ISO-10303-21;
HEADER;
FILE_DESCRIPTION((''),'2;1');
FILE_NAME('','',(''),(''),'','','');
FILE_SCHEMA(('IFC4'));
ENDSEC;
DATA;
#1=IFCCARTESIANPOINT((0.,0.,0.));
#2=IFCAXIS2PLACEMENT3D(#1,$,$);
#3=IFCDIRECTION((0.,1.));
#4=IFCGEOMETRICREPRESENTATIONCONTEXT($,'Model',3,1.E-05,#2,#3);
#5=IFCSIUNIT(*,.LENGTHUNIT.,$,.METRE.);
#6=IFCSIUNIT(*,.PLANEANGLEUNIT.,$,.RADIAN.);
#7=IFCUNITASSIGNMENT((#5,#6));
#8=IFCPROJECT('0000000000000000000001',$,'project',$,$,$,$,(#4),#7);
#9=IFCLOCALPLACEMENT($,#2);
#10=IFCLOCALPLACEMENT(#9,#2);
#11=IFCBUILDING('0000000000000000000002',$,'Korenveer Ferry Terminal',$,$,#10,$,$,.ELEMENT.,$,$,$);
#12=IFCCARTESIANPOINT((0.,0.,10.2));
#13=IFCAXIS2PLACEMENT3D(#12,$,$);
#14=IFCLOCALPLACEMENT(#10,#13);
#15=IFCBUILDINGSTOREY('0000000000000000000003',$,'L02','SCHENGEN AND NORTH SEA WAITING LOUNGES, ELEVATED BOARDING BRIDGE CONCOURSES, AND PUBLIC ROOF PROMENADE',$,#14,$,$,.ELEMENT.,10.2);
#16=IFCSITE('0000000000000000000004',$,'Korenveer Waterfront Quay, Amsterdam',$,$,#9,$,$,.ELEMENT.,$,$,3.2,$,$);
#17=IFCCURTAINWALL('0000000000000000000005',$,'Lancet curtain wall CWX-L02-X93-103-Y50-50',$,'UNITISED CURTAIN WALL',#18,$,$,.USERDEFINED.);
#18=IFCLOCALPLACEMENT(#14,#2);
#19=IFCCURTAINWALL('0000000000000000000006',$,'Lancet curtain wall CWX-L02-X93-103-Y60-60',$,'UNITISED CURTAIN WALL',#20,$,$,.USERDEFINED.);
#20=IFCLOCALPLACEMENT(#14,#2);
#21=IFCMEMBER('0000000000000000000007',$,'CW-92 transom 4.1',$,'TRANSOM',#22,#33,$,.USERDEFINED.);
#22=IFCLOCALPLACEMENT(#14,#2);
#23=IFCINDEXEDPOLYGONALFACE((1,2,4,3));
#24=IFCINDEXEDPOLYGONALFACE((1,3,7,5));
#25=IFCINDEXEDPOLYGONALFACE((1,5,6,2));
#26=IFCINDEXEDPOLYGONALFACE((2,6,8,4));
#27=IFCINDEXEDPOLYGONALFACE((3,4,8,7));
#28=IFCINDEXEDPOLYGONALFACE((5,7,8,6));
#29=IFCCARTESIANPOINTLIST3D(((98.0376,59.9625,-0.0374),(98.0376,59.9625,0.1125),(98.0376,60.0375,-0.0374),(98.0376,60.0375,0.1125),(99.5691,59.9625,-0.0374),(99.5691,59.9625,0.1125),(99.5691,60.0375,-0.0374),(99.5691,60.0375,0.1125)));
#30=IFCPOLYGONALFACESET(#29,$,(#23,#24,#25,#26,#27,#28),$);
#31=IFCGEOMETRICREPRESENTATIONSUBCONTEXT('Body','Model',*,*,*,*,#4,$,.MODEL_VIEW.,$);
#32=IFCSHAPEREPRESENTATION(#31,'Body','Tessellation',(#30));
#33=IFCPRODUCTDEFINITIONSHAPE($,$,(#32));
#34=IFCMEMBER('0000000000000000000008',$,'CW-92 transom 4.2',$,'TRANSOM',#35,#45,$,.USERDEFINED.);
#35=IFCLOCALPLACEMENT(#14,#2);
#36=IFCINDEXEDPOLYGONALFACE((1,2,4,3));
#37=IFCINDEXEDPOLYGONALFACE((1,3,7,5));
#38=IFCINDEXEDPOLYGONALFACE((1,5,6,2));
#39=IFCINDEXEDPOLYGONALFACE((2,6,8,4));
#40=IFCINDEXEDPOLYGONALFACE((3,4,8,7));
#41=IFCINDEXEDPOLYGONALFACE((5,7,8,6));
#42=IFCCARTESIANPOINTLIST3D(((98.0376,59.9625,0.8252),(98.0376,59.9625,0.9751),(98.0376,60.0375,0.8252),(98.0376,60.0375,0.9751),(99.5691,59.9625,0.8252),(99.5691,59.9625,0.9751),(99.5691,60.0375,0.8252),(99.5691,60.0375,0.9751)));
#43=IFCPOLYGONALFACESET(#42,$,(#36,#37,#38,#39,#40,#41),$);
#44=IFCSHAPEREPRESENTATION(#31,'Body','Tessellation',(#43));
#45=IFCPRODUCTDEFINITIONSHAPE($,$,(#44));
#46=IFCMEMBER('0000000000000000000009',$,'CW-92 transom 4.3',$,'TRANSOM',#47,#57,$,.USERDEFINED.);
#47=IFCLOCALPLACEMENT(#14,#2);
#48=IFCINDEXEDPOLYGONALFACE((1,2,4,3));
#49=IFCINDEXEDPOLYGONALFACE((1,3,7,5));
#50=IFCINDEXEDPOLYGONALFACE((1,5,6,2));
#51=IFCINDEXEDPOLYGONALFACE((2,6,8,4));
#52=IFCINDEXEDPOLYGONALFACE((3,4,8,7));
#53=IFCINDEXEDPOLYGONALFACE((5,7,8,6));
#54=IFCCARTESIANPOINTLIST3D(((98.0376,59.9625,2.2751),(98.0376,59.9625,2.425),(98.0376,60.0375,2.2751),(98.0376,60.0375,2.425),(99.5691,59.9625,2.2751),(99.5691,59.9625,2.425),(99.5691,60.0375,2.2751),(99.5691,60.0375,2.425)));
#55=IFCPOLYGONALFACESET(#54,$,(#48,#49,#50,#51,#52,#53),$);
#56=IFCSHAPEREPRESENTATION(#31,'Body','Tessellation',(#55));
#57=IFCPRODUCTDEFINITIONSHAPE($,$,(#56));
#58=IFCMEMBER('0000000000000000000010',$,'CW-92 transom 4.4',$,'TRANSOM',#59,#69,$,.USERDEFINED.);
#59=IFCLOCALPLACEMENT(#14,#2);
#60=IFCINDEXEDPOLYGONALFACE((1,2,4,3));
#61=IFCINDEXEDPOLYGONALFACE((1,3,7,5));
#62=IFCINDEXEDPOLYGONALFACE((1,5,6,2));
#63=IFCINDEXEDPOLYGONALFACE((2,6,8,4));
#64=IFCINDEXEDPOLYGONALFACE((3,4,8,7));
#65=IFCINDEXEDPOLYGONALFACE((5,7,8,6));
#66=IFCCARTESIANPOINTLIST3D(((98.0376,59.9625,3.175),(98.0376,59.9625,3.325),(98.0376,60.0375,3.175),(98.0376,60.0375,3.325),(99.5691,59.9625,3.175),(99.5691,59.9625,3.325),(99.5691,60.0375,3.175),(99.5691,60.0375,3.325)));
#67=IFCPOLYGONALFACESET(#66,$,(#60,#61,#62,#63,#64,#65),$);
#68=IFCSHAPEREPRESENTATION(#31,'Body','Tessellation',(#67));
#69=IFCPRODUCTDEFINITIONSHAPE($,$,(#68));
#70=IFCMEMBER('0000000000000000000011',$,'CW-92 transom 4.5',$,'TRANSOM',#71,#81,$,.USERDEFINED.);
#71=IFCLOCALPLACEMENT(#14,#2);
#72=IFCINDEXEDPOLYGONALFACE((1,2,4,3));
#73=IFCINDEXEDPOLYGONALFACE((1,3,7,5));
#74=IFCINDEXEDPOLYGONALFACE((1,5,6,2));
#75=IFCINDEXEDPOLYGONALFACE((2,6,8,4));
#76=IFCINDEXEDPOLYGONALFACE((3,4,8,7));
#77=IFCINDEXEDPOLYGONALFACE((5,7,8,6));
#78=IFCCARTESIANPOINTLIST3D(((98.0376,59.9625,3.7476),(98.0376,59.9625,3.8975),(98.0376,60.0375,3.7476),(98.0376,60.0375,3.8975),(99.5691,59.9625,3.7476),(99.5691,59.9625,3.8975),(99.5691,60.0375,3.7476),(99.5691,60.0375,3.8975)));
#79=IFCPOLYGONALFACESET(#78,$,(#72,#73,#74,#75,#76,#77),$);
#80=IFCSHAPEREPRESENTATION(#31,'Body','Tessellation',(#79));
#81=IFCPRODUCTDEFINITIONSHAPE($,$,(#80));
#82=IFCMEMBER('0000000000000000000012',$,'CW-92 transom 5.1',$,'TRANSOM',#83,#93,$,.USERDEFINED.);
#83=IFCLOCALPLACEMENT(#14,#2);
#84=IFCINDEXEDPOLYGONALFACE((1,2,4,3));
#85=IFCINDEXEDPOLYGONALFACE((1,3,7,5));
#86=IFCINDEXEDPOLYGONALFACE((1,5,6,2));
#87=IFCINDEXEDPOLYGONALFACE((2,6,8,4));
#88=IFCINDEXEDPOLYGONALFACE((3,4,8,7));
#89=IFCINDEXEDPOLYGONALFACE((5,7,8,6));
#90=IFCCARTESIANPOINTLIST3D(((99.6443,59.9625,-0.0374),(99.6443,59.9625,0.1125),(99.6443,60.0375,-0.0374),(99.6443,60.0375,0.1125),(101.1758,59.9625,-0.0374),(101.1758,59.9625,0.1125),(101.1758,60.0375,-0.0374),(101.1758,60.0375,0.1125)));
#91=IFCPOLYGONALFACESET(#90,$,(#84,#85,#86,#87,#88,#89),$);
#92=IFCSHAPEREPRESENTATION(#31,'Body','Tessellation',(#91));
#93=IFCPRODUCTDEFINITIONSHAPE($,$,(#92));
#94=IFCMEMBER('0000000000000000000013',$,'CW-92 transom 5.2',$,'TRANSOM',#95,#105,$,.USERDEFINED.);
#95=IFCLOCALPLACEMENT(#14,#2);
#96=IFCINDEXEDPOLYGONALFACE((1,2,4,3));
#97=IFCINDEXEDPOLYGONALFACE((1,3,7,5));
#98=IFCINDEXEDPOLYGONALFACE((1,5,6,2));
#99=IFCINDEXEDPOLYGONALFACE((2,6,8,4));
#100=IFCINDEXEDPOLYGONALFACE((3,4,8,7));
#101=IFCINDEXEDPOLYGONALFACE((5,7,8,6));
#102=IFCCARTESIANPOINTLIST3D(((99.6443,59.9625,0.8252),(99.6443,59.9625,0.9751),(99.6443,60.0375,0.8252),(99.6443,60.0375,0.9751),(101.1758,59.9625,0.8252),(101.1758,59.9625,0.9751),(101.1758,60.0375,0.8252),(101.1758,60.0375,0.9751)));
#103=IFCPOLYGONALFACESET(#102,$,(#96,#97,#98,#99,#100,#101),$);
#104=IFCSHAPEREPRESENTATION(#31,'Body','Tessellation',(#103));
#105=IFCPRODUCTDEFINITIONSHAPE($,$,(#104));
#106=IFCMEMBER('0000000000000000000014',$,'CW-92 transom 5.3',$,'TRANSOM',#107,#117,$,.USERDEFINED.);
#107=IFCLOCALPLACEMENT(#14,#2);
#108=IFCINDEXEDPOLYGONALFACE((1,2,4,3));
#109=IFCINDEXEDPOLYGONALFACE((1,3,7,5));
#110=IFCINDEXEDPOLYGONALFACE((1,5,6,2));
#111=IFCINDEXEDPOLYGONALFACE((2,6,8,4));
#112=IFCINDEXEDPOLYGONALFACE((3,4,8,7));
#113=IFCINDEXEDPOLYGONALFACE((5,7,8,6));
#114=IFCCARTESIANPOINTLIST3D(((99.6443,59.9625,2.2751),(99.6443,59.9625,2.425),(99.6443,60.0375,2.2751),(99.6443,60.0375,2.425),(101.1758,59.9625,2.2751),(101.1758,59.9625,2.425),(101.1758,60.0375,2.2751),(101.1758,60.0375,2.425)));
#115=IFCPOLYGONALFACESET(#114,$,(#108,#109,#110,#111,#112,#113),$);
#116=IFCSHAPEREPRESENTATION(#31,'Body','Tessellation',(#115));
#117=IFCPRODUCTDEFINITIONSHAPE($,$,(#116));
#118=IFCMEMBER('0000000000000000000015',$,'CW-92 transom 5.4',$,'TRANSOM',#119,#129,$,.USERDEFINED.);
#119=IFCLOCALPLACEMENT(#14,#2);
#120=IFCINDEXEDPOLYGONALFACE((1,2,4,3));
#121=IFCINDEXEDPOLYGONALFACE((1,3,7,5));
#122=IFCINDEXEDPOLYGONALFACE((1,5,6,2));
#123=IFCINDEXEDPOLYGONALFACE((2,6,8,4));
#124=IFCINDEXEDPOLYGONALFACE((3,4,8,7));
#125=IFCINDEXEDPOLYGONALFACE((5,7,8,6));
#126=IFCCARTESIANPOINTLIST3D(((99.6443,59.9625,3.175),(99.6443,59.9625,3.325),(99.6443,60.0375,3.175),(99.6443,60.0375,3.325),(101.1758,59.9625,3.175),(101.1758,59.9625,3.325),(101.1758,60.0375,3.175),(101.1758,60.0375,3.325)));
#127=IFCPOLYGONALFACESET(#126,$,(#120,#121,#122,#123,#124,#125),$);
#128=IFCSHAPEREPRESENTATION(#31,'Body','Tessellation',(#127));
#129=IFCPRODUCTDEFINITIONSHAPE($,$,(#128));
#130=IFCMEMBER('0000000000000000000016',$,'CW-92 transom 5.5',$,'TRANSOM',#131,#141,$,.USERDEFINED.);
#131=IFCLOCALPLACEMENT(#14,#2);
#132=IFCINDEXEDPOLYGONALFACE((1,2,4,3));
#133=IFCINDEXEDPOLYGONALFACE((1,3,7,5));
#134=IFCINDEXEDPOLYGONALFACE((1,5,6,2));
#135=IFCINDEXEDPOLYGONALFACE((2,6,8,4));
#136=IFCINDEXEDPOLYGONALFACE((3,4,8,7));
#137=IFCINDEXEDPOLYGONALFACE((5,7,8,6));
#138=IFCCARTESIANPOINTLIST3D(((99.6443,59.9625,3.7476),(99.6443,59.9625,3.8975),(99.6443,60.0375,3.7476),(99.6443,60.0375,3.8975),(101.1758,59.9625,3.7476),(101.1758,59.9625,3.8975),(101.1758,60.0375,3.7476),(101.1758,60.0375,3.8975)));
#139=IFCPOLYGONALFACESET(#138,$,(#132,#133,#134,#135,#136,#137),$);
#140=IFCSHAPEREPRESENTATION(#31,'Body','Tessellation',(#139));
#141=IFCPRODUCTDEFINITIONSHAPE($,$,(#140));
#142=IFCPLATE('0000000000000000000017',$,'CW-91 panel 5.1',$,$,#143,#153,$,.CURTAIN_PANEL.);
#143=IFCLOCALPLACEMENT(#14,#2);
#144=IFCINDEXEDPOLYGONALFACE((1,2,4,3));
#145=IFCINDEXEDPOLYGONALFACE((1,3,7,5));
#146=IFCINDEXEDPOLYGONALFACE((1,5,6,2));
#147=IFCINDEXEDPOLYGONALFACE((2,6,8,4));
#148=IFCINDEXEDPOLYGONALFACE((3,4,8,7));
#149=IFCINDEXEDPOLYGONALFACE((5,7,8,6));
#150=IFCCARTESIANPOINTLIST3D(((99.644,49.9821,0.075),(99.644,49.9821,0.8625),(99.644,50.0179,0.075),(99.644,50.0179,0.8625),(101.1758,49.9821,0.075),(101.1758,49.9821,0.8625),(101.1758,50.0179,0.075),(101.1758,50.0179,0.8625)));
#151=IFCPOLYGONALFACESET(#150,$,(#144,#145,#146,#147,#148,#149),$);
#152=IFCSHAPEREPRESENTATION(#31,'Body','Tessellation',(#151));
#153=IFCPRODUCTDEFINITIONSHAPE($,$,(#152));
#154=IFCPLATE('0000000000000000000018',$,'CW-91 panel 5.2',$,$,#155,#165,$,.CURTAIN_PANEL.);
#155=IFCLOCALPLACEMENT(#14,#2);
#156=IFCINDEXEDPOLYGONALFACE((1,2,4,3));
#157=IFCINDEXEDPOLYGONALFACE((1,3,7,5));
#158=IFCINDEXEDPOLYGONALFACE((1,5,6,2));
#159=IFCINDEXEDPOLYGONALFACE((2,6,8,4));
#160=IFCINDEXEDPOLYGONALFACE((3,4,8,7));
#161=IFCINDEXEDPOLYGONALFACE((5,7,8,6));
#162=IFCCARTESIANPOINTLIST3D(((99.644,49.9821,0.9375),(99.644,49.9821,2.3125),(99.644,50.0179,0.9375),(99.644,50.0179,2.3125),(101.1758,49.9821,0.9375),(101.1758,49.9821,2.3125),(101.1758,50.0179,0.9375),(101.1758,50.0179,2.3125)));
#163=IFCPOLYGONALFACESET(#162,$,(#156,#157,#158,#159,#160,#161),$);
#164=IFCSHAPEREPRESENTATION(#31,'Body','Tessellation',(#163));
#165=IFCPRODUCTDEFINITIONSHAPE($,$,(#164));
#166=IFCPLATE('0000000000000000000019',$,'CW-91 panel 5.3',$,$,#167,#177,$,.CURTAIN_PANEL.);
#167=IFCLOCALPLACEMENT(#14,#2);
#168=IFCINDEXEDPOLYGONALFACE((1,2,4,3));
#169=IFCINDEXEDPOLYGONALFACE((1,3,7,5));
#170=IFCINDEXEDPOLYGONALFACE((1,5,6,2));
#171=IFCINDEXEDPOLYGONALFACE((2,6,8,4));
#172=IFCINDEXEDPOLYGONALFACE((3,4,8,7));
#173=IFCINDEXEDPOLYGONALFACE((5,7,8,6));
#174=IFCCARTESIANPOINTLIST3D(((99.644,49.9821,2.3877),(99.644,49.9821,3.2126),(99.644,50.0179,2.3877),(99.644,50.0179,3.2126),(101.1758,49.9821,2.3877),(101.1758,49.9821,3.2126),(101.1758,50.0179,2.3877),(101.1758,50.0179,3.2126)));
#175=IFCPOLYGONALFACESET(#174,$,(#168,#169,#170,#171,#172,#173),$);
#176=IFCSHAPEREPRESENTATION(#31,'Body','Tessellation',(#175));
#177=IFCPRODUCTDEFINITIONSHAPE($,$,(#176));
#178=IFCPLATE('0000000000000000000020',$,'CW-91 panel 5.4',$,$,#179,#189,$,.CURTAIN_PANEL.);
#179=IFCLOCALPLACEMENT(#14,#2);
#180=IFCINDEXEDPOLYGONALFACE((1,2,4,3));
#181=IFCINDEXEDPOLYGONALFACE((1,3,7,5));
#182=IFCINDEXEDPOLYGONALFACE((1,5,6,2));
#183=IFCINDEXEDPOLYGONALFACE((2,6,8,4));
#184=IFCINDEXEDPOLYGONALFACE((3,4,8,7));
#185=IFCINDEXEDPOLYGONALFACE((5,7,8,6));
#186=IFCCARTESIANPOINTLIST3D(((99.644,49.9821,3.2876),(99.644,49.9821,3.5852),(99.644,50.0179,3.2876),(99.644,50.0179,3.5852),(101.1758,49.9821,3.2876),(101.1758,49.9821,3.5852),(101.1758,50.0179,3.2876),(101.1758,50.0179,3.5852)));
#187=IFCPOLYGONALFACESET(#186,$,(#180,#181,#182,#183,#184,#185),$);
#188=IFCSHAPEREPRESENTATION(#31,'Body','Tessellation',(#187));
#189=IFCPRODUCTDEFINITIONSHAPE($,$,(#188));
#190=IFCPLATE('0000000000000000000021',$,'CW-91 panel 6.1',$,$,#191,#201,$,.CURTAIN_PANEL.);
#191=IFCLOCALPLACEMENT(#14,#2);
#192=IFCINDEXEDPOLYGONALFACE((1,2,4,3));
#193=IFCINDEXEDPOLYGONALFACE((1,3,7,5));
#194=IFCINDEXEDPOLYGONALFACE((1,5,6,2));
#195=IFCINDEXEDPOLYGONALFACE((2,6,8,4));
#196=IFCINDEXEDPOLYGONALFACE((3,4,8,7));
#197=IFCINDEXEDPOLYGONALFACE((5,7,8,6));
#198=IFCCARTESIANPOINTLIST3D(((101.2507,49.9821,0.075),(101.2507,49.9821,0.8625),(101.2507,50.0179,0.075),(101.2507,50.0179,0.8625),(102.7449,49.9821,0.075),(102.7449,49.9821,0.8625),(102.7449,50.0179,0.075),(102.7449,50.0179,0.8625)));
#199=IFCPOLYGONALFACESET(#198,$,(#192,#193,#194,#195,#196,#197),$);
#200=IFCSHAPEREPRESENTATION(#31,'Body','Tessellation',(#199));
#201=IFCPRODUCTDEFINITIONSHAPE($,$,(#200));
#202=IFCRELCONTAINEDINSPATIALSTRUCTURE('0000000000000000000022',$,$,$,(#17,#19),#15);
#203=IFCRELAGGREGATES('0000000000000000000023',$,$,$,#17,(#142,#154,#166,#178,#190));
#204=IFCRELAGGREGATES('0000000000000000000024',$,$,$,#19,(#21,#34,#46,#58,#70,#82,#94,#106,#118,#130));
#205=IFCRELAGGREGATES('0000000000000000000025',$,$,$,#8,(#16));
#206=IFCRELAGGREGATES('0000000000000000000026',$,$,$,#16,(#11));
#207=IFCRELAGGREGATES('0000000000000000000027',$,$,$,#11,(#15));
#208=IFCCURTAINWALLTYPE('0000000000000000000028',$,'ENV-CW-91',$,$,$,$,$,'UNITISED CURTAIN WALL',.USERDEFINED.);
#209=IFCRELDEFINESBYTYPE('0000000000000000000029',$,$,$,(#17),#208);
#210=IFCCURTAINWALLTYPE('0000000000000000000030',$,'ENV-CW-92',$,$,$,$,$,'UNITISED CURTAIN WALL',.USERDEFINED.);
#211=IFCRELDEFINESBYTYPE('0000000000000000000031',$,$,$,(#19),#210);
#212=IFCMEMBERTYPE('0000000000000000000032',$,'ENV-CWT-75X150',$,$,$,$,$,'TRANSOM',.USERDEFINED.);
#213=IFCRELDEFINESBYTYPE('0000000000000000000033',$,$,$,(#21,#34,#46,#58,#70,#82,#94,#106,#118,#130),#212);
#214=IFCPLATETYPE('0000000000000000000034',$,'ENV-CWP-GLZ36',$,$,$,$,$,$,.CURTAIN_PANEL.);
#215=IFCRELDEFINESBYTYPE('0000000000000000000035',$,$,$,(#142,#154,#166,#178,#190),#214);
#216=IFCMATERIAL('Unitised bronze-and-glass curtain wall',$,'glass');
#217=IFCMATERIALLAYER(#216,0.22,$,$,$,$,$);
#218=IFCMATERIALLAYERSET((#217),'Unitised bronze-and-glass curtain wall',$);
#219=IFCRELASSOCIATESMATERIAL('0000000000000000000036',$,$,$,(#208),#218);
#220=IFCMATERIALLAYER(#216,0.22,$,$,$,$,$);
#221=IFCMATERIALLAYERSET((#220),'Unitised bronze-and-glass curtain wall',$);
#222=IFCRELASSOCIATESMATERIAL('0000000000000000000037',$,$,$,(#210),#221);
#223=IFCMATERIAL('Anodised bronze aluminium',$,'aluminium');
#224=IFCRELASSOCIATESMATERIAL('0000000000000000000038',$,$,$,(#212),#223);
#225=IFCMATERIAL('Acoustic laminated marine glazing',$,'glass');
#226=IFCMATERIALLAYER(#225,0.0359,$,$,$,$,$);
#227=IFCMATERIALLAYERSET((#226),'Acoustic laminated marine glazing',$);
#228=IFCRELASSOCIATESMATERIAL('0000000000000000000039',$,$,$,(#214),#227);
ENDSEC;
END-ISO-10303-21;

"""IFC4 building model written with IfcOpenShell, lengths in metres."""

from ifc_helpers import new_model, si_unit, direction, frame, origin, origin_2d, place, context, subcontext, project, spatial, rectangle, extrude, material, layer, layer_set, material_profile, profile_set, type_object, element, aggregate, save


model = new_model("IFC4")

# Units and contexts
model_context = context("Model", 3, precision=1e-05, world=origin(), true_north=direction((0.0, 1.0)))
body_context = subcontext(model_context, "Body", "Model", "MODEL_VIEW")
ifc_project = project(units=[si_unit("LENGTHUNIT", "METRE"), si_unit("PLANEANGLEUNIT", "RADIAN")], contexts=[model_context])

# Site, building, storey
site_placement = place(None, origin())
site = spatial("IfcSite", under=ifc_project, at=site_placement, Name="Korenveer Waterfront Quay, Amsterdam", CompositionType="ELEMENT", RefElevation=3.2)
building_placement = place(site_placement, origin())
building = spatial("IfcBuilding", under=site, at=building_placement, Name="Korenveer Ferry Terminal", CompositionType="ELEMENT")
storey_placement = place(building_placement, frame((0.0, 0.0, 10.2)))
storey = spatial("IfcBuildingStorey", under=building, at=storey_placement, Name="L02", Description="SCHENGEN AND NORTH SEA WAITING LOUNGES, ELEVATED BOARDING BRIDGE CONCOURSES, AND PUBLIC ROOF PROMENADE", CompositionType="ELEMENT", Elevation=10.2)

# Curtain wall
ifc_material_1 = material(Name="Unitised bronze-and-glass curtain wall", Category="glass")
ifc_layer_1 = layer(ifc_material_1, 0.22)
ifc_layer_set_1 = layer_set([ifc_layer_1], Name="Unitised bronze-and-glass curtain wall")
curtain_wall_type_1 = type_object("IfcCurtainWallType", Name="ENV-CW-91", ElementType="UNITISED CURTAIN WALL", PredefinedType="USERDEFINED", material=ifc_layer_set_1)
curtain_wall_1_placement = place(storey_placement, frame((93.1799, 50.0, 0.0)))
curtain_wall_1 = element("IfcCurtainWall", 1, at=curtain_wall_1_placement, inside=storey, type_object=curtain_wall_type_1, Name="Lancet curtain wall CWX-L02-X93-103-Y50-50", ObjectType="UNITISED CURTAIN WALL", PredefinedType="USERDEFINED")
ifc_material_2 = material(Name="Anodised bronze aluminium", Category="aluminium")

# Shared definitions
ifc_layer_2 = layer(ifc_material_1, 0.22)
ifc_layer_set_2 = layer_set([ifc_layer_2], Name="Unitised bronze-and-glass curtain wall")
curtain_wall_type_2 = type_object("IfcCurtainWallType", Name="ENV-CW-92", ElementType="UNITISED CURTAIN WALL", PredefinedType="USERDEFINED", material=ifc_layer_set_2)

# Curtain wall
curtain_wall_2_placement = place(storey_placement, frame((93.1799, 60.0, 0.0)))
curtain_wall_2 = element("IfcCurtainWall", 2, at=curtain_wall_2_placement, inside=storey, type_object=curtain_wall_type_2, Name="Lancet curtain wall CWX-L02-X93-103-Y60-60", ObjectType="UNITISED CURTAIN WALL", PredefinedType="USERDEFINED")

# Members
ifc_material_profile_1 = material_profile(ifc_material_2, rectangle(XDim=0.075, YDim=0.1499, at=origin_2d()), Name="ALU 75x150")
ifc_profile_set_1 = profile_set([ifc_material_profile_1], Name="Anodised bronze aluminium")
member_type_1 = type_object("IfcMemberType", Name="ENV-CWT-75X150", ElementType="TRANSOM", PredefinedType="USERDEFINED", material=ifc_profile_set_1)
member_1_placement = place(storey_placement, frame((98.0376, 60.0, 0.0376), z_axis=(1.0, 0.0, 0.0), x_axis=(0.0, 1.0, 0.0)))
member_1 = element("IfcMember", 3, at=member_1_placement, type_object=member_type_1, Name="CW-92 transom 4.1", ObjectType="TRANSOM", PredefinedType="USERDEFINED", context=body_context, shape_type="SweptSolid", body=[
    extrude(rectangle(XDim=0.075, YDim=0.1499, at=origin_2d()), origin(), (0.0, 0.0, 1.0), 1.5315),
])
member_2_placement = place(storey_placement, frame((98.0376, 60.0, 0.9001), z_axis=(1.0, 0.0, 0.0), x_axis=(0.0, 1.0, 0.0)))
member_2 = element("IfcMember", 4, at=member_2_placement, type_object=member_type_1, Name="CW-92 transom 4.2", ObjectType="TRANSOM", PredefinedType="USERDEFINED", context=body_context, shape_type="SweptSolid", body=[
    extrude(rectangle(XDim=0.075, YDim=0.1499, at=origin_2d()), origin(), (0.0, 0.0, 1.0), 1.5315),
])
member_3_placement = place(storey_placement, frame((98.0376, 60.0, 2.3501), z_axis=(1.0, 0.0, 0.0), x_axis=(0.0, 1.0, 0.0)))
member_3 = element("IfcMember", 5, at=member_3_placement, type_object=member_type_1, Name="CW-92 transom 4.3", ObjectType="TRANSOM", PredefinedType="USERDEFINED", context=body_context, shape_type="SweptSolid", body=[
    extrude(rectangle(XDim=0.075, YDim=0.1499, at=origin_2d()), origin(), (0.0, 0.0, 1.0), 1.5315),
])
member_4_placement = place(storey_placement, frame((98.0376, 60.0, 3.25), z_axis=(1.0, 0.0, 0.0), x_axis=(0.0, 1.0, 0.0)))
member_4 = element("IfcMember", 6, at=member_4_placement, type_object=member_type_1, Name="CW-92 transom 4.4", ObjectType="TRANSOM", PredefinedType="USERDEFINED", context=body_context, shape_type="SweptSolid", body=[
    extrude(rectangle(XDim=0.075, YDim=0.1499, at=origin_2d()), origin(), (0.0, 0.0, 1.0), 1.5315),
])
member_5_placement = place(storey_placement, frame((98.0376, 60.0, 3.8225), z_axis=(1.0, 0.0, 0.0), x_axis=(0.0, 1.0, 0.0)))
member_5 = element("IfcMember", 7, at=member_5_placement, type_object=member_type_1, Name="CW-92 transom 4.5", ObjectType="TRANSOM", PredefinedType="USERDEFINED", context=body_context, shape_type="SweptSolid", body=[
    extrude(rectangle(XDim=0.075, YDim=0.1499, at=origin_2d()), origin(), (0.0, 0.0, 1.0), 1.5315),
])
member_6_placement = place(storey_placement, frame((99.6443, 60.0, 0.0376), z_axis=(1.0, 0.0, 0.0), x_axis=(0.0, 1.0, 0.0)))
member_6 = element("IfcMember", 8, at=member_6_placement, type_object=member_type_1, Name="CW-92 transom 5.1", ObjectType="TRANSOM", PredefinedType="USERDEFINED", context=body_context, shape_type="SweptSolid", body=[
    extrude(rectangle(XDim=0.075, YDim=0.1499, at=origin_2d()), origin(), (0.0, 0.0, 1.0), 1.5315),
])
member_7_placement = place(storey_placement, frame((99.6443, 60.0, 0.9001), z_axis=(1.0, 0.0, 0.0), x_axis=(0.0, 1.0, 0.0)))
member_7 = element("IfcMember", 9, at=member_7_placement, type_object=member_type_1, Name="CW-92 transom 5.2", ObjectType="TRANSOM", PredefinedType="USERDEFINED", context=body_context, shape_type="SweptSolid", body=[
    extrude(rectangle(XDim=0.075, YDim=0.1499, at=origin_2d()), origin(), (0.0, 0.0, 1.0), 1.5315),
])
member_8_placement = place(storey_placement, frame((99.6443, 60.0, 2.3501), z_axis=(1.0, 0.0, 0.0), x_axis=(0.0, 1.0, 0.0)))
member_8 = element("IfcMember", 10, at=member_8_placement, type_object=member_type_1, Name="CW-92 transom 5.3", ObjectType="TRANSOM", PredefinedType="USERDEFINED", context=body_context, shape_type="SweptSolid", body=[
    extrude(rectangle(XDim=0.075, YDim=0.1499, at=origin_2d()), origin(), (0.0, 0.0, 1.0), 1.5315),
])
member_9_placement = place(storey_placement, frame((99.6443, 60.0, 3.25), z_axis=(1.0, 0.0, 0.0), x_axis=(0.0, 1.0, 0.0)))
member_9 = element("IfcMember", 11, at=member_9_placement, type_object=member_type_1, Name="CW-92 transom 5.4", ObjectType="TRANSOM", PredefinedType="USERDEFINED", context=body_context, shape_type="SweptSolid", body=[
    extrude(rectangle(XDim=0.075, YDim=0.1499, at=origin_2d()), origin(), (0.0, 0.0, 1.0), 1.5315),
])
member_10_placement = place(storey_placement, frame((99.6443, 60.0, 3.8225), z_axis=(1.0, 0.0, 0.0), x_axis=(0.0, 1.0, 0.0)))
member_10 = element("IfcMember", 12, at=member_10_placement, type_object=member_type_1, Name="CW-92 transom 5.5", ObjectType="TRANSOM", PredefinedType="USERDEFINED", context=body_context, shape_type="SweptSolid", body=[
    extrude(rectangle(XDim=0.075, YDim=0.1499, at=origin_2d()), origin(), (0.0, 0.0, 1.0), 1.5315),
])

# Plates
ifc_material_3 = material(Name="Acoustic laminated marine glazing", Category="glass")
ifc_layer_3 = layer(ifc_material_3, 0.0359)
ifc_layer_set_3 = layer_set([ifc_layer_3], Name="Acoustic laminated marine glazing")
plate_type = type_object("IfcPlateType", Name="ENV-CWP-GLZ36", PredefinedType="CURTAIN_PANEL", material=ifc_layer_set_3)
plate_1_placement = place(storey_placement, frame((100.4099, 50.0, 0.075), z_axis=(0.0, 0.0, 1.0), x_axis=(1.0, 0.0, 0.0)))
plate_1 = element("IfcPlate", 13, at=plate_1_placement, type_object=plate_type, Name="CW-91 panel 5.1", PredefinedType="CURTAIN_PANEL", context=body_context, shape_type="SweptSolid", body=[
    extrude(rectangle(XDim=1.5317, YDim=0.0359, at=origin_2d()), origin(), (0.0, 0.0, 1.0), 0.7876),
])
plate_2_placement = place(storey_placement, frame((100.4099, 50.0, 0.9375), z_axis=(0.0, 0.0, 1.0), x_axis=(1.0, 0.0, 0.0)))
plate_2 = element("IfcPlate", 14, at=plate_2_placement, type_object=plate_type, Name="CW-91 panel 5.2", PredefinedType="CURTAIN_PANEL", context=body_context, shape_type="SweptSolid", body=[
    extrude(rectangle(XDim=1.5317, YDim=0.0359, at=origin_2d()), origin(), (0.0, 0.0, 1.0), 1.375),
])
plate_3_placement = place(storey_placement, frame((100.4099, 50.0, 2.3877), z_axis=(0.0, 0.0, 1.0), x_axis=(1.0, 0.0, 0.0)))
plate_3 = element("IfcPlate", 15, at=plate_3_placement, type_object=plate_type, Name="CW-91 panel 5.3", PredefinedType="CURTAIN_PANEL", context=body_context, shape_type="SweptSolid", body=[
    extrude(rectangle(XDim=1.5317, YDim=0.0359, at=origin_2d()), origin(), (0.0, 0.0, 1.0), 0.825),
])
plate_4_placement = place(storey_placement, frame((100.4099, 50.0, 3.2876), z_axis=(0.0, 0.0, 1.0), x_axis=(1.0, 0.0, 0.0)))
plate_4 = element("IfcPlate", 16, at=plate_4_placement, type_object=plate_type, Name="CW-91 panel 5.4", PredefinedType="CURTAIN_PANEL", context=body_context, shape_type="SweptSolid", body=[
    extrude(rectangle(XDim=1.5317, YDim=0.0359, at=origin_2d()), origin(), (0.0, 0.0, 1.0), 0.2976),
])
plate_5_placement = place(storey_placement, frame((101.9978, 50.0, 0.075), z_axis=(0.0, 0.0, 1.0), x_axis=(1.0, 0.0, 0.0)))
plate_5 = element("IfcPlate", 17, at=plate_5_placement, type_object=plate_type, Name="CW-91 panel 6.1", PredefinedType="CURTAIN_PANEL", context=body_context, shape_type="SweptSolid", body=[
    extrude(rectangle(XDim=1.4941, YDim=0.0359, at=origin_2d()), origin(), (0.0, 0.0, 1.0), 0.7876),
])
aggregate(curtain_wall_1, [plate_1, plate_2, plate_3, plate_4, plate_5])
aggregate(curtain_wall_2, [member_1, member_2, member_3, member_4, member_5, member_6, member_7, member_8, member_9, member_10])

save(model, "model.ifc")
